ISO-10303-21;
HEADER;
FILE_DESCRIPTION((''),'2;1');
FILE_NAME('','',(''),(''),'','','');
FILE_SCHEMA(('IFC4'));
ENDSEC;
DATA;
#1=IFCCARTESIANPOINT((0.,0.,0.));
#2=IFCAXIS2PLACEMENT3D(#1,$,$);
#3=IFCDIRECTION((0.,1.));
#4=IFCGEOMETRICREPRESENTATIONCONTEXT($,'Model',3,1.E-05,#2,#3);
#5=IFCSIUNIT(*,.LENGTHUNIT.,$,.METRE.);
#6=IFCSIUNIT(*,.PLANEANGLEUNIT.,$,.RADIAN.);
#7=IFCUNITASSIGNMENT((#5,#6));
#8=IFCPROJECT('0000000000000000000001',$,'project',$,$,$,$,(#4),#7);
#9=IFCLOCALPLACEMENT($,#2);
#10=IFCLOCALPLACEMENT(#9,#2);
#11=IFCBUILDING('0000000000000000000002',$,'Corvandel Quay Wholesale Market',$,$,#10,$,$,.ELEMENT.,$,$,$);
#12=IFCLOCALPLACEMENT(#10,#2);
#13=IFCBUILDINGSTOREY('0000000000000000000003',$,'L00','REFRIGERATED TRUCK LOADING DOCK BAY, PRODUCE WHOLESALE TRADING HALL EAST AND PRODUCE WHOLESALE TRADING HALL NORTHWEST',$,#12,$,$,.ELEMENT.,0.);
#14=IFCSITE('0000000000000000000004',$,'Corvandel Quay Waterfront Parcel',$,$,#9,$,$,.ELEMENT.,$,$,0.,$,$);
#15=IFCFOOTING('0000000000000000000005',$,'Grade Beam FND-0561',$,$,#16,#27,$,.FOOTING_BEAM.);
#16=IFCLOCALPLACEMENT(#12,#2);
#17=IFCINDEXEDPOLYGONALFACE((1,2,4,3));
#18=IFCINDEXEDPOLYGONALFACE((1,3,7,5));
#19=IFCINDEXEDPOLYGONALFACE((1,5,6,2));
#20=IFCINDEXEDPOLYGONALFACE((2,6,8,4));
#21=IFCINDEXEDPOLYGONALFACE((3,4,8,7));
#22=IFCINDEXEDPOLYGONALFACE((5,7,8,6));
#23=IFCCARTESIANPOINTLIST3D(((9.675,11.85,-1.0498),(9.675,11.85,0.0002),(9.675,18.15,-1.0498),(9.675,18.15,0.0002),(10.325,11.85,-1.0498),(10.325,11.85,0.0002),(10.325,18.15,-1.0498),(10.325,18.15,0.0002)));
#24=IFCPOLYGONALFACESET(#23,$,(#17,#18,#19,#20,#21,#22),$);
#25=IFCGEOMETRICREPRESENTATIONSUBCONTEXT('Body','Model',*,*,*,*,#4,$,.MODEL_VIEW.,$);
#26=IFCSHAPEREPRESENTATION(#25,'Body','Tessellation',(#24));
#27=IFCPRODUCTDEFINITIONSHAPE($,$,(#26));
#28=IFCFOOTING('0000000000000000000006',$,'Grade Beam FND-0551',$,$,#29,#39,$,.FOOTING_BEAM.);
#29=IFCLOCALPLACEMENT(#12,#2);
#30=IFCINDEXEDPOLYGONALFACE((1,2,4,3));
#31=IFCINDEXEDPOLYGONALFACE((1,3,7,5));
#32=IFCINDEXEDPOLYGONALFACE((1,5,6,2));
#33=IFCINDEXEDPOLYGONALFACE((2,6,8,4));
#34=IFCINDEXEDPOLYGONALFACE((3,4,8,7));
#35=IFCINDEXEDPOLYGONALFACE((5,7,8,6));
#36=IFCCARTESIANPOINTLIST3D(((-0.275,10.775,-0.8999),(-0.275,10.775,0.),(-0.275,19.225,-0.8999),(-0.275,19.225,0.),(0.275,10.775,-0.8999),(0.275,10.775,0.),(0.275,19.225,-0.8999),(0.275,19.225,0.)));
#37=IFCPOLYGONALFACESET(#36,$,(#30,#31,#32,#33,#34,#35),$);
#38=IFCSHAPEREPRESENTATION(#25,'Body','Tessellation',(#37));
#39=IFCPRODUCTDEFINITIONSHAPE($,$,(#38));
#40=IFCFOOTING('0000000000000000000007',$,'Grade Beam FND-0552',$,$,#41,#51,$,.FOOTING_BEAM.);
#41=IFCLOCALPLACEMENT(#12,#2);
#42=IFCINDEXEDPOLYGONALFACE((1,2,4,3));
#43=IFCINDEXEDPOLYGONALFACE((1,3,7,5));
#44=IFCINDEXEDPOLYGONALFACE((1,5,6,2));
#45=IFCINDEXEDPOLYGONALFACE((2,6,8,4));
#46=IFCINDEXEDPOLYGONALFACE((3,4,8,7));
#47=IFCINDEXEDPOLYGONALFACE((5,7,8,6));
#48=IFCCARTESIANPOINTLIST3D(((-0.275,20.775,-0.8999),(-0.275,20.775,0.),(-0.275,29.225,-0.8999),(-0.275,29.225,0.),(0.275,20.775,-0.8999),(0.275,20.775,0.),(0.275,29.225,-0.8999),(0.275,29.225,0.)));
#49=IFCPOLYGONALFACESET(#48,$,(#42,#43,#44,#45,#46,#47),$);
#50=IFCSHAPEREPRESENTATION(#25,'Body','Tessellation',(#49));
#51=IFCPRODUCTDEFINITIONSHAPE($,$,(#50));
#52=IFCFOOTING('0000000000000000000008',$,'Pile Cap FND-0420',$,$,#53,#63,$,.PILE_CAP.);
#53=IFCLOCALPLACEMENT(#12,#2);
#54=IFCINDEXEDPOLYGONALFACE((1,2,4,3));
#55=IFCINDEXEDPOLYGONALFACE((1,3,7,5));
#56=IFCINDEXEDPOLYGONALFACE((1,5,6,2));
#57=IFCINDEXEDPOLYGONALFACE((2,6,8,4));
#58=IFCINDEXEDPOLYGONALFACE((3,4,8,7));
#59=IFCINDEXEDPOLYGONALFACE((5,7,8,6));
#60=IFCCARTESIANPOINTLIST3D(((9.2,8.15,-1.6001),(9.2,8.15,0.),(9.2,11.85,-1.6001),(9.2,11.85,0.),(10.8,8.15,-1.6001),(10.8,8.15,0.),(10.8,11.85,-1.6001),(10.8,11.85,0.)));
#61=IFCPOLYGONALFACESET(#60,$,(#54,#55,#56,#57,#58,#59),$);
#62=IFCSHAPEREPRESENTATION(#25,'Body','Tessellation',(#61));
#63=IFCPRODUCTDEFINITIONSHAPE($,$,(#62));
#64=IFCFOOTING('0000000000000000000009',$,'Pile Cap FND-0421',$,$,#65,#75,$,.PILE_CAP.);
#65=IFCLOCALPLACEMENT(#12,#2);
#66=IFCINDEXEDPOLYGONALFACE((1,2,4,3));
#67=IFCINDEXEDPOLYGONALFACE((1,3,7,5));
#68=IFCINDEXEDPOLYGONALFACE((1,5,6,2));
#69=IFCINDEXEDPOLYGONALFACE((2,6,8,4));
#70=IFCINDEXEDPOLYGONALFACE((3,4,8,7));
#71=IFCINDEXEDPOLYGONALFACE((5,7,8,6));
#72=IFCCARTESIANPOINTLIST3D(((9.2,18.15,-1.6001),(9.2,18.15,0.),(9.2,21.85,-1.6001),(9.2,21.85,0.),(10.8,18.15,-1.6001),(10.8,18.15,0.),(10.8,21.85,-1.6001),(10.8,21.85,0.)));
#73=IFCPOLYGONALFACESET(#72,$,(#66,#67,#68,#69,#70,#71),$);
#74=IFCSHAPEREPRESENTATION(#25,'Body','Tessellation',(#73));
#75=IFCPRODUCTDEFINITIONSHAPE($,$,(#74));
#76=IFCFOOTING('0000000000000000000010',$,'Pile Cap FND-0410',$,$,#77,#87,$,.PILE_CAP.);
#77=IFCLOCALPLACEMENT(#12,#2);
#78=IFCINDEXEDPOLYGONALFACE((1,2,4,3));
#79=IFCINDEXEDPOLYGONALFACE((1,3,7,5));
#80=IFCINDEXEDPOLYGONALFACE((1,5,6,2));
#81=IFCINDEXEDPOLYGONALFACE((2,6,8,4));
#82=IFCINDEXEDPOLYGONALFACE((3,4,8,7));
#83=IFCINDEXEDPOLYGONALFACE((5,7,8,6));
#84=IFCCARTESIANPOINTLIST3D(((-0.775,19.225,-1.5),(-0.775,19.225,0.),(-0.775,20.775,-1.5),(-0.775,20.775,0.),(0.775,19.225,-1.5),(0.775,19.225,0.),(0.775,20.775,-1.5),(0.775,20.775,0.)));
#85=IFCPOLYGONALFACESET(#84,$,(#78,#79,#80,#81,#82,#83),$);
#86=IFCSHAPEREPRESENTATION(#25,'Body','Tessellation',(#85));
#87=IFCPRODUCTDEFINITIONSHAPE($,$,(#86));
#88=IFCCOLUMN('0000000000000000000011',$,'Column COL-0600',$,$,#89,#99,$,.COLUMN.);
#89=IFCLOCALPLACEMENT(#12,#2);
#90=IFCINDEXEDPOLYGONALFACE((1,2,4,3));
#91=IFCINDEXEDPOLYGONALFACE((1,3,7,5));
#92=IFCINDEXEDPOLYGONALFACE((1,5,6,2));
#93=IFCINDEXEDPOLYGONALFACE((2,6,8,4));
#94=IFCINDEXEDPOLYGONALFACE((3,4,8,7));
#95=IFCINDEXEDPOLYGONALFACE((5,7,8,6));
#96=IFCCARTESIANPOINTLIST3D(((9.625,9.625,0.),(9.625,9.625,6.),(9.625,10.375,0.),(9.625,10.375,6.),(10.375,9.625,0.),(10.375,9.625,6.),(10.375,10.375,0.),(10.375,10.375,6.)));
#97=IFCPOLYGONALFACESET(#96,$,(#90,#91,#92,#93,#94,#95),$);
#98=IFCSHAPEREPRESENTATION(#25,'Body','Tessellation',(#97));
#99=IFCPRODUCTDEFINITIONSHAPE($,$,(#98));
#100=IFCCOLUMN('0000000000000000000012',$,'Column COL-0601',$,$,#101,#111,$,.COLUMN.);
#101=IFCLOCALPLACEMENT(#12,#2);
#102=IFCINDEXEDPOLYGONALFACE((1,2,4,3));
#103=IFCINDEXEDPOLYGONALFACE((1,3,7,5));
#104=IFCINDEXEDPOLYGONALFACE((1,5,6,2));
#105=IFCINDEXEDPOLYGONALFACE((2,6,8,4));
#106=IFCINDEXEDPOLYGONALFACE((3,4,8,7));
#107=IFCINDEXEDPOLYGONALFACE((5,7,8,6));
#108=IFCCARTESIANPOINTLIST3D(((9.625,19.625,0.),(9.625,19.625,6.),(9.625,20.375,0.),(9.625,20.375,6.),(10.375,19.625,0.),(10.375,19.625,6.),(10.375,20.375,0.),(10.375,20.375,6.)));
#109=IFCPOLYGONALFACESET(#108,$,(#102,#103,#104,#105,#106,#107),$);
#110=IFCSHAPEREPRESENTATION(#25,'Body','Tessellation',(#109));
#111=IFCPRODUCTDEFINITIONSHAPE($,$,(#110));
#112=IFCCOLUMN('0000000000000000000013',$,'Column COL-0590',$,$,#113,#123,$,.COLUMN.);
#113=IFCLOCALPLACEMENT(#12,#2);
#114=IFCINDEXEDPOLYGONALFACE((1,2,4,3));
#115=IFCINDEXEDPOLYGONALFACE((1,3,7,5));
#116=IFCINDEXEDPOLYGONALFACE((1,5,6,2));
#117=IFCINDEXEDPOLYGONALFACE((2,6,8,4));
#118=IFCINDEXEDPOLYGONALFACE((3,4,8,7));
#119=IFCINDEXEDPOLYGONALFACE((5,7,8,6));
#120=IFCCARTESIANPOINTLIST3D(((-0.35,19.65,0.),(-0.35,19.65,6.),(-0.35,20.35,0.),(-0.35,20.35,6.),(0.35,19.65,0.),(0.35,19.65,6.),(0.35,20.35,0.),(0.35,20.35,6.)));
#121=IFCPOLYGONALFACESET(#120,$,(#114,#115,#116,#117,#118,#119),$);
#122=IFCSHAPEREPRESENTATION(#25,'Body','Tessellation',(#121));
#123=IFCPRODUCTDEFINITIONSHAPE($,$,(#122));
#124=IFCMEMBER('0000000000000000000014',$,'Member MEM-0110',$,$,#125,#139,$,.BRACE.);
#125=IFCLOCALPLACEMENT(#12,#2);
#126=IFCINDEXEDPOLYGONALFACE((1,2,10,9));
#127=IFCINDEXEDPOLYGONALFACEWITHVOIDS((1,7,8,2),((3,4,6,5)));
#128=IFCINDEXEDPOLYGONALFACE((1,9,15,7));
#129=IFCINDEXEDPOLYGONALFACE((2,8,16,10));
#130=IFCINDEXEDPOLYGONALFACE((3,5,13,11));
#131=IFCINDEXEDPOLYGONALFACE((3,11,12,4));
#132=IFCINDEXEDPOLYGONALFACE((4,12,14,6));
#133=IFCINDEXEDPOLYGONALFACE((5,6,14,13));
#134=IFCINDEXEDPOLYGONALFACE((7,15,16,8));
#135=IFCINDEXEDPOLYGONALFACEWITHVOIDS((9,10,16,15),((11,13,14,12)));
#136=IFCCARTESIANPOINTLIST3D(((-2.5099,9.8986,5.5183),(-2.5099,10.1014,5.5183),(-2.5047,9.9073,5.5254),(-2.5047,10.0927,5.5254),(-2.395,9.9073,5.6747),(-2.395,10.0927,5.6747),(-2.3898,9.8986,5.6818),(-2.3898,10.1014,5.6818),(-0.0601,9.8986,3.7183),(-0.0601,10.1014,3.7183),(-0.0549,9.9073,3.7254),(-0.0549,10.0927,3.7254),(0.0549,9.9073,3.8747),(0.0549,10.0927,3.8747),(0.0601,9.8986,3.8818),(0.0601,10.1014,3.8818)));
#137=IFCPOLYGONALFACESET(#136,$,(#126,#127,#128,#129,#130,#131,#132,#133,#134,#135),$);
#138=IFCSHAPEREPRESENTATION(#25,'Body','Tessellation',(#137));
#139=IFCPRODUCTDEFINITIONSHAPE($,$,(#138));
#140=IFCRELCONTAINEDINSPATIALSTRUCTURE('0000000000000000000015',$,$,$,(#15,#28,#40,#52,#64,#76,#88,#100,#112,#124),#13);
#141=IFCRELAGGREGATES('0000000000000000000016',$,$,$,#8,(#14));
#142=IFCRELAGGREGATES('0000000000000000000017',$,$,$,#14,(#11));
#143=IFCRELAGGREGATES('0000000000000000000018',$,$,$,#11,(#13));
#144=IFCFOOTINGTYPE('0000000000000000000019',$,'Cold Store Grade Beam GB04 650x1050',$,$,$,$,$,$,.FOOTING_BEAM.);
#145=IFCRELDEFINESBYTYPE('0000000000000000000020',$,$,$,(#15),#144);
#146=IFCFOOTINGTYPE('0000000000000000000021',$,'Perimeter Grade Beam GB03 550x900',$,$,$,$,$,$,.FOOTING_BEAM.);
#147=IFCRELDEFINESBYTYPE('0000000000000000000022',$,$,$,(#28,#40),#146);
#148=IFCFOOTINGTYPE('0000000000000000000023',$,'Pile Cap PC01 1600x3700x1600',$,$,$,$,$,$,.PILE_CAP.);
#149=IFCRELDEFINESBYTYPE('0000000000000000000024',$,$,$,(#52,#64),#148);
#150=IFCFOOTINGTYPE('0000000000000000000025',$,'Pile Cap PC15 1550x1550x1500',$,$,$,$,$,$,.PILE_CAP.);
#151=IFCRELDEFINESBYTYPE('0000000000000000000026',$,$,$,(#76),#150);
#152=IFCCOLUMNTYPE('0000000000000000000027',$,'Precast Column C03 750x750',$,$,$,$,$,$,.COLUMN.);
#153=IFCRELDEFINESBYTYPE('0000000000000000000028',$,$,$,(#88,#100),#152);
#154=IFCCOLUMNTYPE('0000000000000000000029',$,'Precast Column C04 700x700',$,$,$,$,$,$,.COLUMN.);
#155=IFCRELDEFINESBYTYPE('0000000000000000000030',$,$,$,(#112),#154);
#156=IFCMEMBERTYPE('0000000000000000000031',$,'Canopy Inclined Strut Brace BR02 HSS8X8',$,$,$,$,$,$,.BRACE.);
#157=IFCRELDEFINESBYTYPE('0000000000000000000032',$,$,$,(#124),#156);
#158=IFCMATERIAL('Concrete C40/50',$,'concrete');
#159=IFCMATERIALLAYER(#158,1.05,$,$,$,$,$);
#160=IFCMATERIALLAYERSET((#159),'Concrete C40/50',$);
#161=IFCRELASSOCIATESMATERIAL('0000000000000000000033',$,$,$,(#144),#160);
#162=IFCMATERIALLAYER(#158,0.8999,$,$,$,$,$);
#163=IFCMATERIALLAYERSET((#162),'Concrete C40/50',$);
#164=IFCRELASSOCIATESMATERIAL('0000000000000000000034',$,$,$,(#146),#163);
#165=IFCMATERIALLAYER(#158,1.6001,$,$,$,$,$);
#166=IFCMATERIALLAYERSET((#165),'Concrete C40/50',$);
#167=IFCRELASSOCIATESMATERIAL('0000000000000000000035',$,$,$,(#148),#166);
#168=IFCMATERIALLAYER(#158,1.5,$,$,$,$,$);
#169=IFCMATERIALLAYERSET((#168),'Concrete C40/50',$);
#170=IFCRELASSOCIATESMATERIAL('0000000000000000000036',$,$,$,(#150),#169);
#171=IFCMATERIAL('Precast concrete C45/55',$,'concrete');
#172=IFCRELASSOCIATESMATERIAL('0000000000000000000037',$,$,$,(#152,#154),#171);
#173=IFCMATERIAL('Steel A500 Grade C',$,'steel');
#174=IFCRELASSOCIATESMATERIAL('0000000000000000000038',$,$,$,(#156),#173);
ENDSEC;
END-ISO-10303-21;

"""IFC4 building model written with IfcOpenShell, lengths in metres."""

from ifc_helpers import new_model, si_unit, direction, frame, origin, origin_2d, place, context, subcontext, project, spatial, rectangle, hollow_rectangle, extrude, material, layer, layer_set, material_profile, profile_set, type_object, element, save


model = new_model("IFC4")

# Units and contexts
model_context = context("Model", 3, precision=1e-05, world=origin(), true_north=direction((0.0, 1.0)))
body_context = subcontext(model_context, "Body", "Model", "MODEL_VIEW")
ifc_project = project(units=[si_unit("LENGTHUNIT", "METRE"), si_unit("PLANEANGLEUNIT", "RADIAN")], contexts=[model_context])

# Site, building, storey
site_placement = place(None, origin())
site = spatial("IfcSite", under=ifc_project, at=site_placement, Name="Corvandel Quay Waterfront Parcel", CompositionType="ELEMENT", RefElevation=0.0)
building_placement = place(site_placement, origin())
building = spatial("IfcBuilding", under=site, at=building_placement, Name="Corvandel Quay Wholesale Market", CompositionType="ELEMENT")
storey_placement = place(building_placement, origin())
storey = spatial("IfcBuildingStorey", under=building, at=storey_placement, Name="L00", Description="REFRIGERATED TRUCK LOADING DOCK BAY, PRODUCE WHOLESALE TRADING HALL EAST AND PRODUCE WHOLESALE TRADING HALL NORTHWEST", CompositionType="ELEMENT", Elevation=0.0)

# Shared definitions
ifc_material_1 = material(Name="Concrete C40/50", Category="concrete")

# Footings
ifc_layer_1 = layer(ifc_material_1, 1.05)
ifc_layer_set_1 = layer_set([ifc_layer_1], Name="Concrete C40/50")
footing_type_1 = type_object("IfcFootingType", Name="Cold Store Grade Beam GB04 650x1050", PredefinedType="FOOTING_BEAM", material=ifc_layer_set_1)
footing_1_placement = place(storey_placement, frame((10.0, 15.0, -1.0498), z_axis=(0.0, 0.0, 1.0), x_axis=(0.0, 1.0, 0.0)))
element("IfcFooting", 1, at=footing_1_placement, inside=storey, type_object=footing_type_1, Name="Grade Beam FND-0561", PredefinedType="FOOTING_BEAM", context=body_context, shape_type="SweptSolid", body=[
    extrude(rectangle(XDim=6.3, YDim=0.6499, at=origin_2d()), origin(), (0.0, 0.0, 1.0), 1.05),
])
ifc_layer_2 = layer(ifc_material_1, 0.8999)
ifc_layer_set_2 = layer_set([ifc_layer_2], Name="Concrete C40/50")
footing_type_2 = type_object("IfcFootingType", Name="Perimeter Grade Beam GB03 550x900", PredefinedType="FOOTING_BEAM", material=ifc_layer_set_2)
for number, where, z_axis, x_axis, name in (
    (2, (0.0, 15.0, -0.8999), (0.0, 0.0, 1.0), (0.0, 1.0, 0.0), "Grade Beam FND-0551"),
    (3, (0.0, 25.0, -0.8999), (0.0, 0.0, 1.0), (0.0, 1.0, 0.0), "Grade Beam FND-0552"),
):
    element("IfcFooting", number, at=place(storey_placement, frame(where, z_axis=z_axis, x_axis=x_axis)), inside=storey, type_object=footing_type_2, Name=name, PredefinedType="FOOTING_BEAM", context=body_context, shape_type="SweptSolid", body=[
        extrude(rectangle(XDim=8.45, YDim=0.55, at=origin_2d()), origin(), (0.0, 0.0, 1.0), 0.8999),
    ])
ifc_layer_3 = layer(ifc_material_1, 1.6001)
ifc_layer_set_3 = layer_set([ifc_layer_3], Name="Concrete C40/50")
footing_type_3 = type_object("IfcFootingType", Name="Pile Cap PC01 1600x3700x1600", PredefinedType="PILE_CAP", material=ifc_layer_set_3)
for number, where, z_axis, x_axis, name in (
    (4, (10.0, 10.0, -1.6001), (0.0, 0.0, 1.0), (1.0, 0.0, 0.0), "Pile Cap FND-0420"),
    (5, (10.0, 20.0, -1.6001), (0.0, 0.0, 1.0), (1.0, 0.0, 0.0), "Pile Cap FND-0421"),
):
    element("IfcFooting", number, at=place(storey_placement, frame(where, z_axis=z_axis, x_axis=x_axis)), inside=storey, type_object=footing_type_3, Name=name, PredefinedType="PILE_CAP", context=body_context, shape_type="SweptSolid", body=[
        extrude(rectangle(XDim=1.6001, YDim=3.7, at=origin_2d()), origin(), (0.0, 0.0, 1.0), 1.6001),
    ])
ifc_layer_4 = layer(ifc_material_1, 1.5)
ifc_layer_set_4 = layer_set([ifc_layer_4], Name="Concrete C40/50")
footing_type_4 = type_object("IfcFootingType", Name="Pile Cap PC15 1550x1550x1500", PredefinedType="PILE_CAP", material=ifc_layer_set_4)
footing_2_placement = place(storey_placement, frame((0.0, 20.0, -1.5), z_axis=(0.0, 0.0, 1.0), x_axis=(1.0, 0.0, 0.0)))
element("IfcFooting", 6, at=footing_2_placement, inside=storey, type_object=footing_type_4, Name="Pile Cap FND-0410", PredefinedType="PILE_CAP", context=body_context, shape_type="SweptSolid", body=[
    extrude(rectangle(XDim=1.55, YDim=1.55, at=origin_2d()), origin(), (0.0, 0.0, 1.0), 1.5),
])

# Columns
ifc_material_2 = material(Name="Precast concrete C45/55", Category="concrete")
ifc_material_profile_1 = material_profile(ifc_material_2, rectangle(XDim=0.75, YDim=0.75, at=origin_2d()), Name="PC-COL-750x750")
ifc_profile_set_1 = profile_set([ifc_material_profile_1], Name="Precast concrete C45/55")
column_type_1 = type_object("IfcColumnType", Name="Precast Column C03 750x750", PredefinedType="COLUMN", material=ifc_profile_set_1)
for number, where, z_axis, x_axis, name in (
    (7, (10.0, 10.0, 0.0), (0.0, 0.0, 1.0), (1.0, 0.0, 0.0), "Column COL-0600"),
    (8, (10.0, 20.0, 0.0), (0.0, 0.0, 1.0), (1.0, 0.0, 0.0), "Column COL-0601"),
):
    element("IfcColumn", number, at=place(storey_placement, frame(where, z_axis=z_axis, x_axis=x_axis)), inside=storey, type_object=column_type_1, Name=name, PredefinedType="COLUMN", context=body_context, shape_type="SweptSolid", body=[
        extrude(rectangle(XDim=0.75, YDim=0.75, at=origin_2d()), origin(), (0.0, 0.0, 1.0), 6.0),
    ])
ifc_material_profile_2 = material_profile(ifc_material_2, rectangle(XDim=0.7, YDim=0.7, at=origin_2d()), Name="PC-COL-700x700")
ifc_profile_set_2 = profile_set([ifc_material_profile_2], Name="Precast concrete C45/55")
column_type_2 = type_object("IfcColumnType", Name="Precast Column C04 700x700", PredefinedType="COLUMN", material=ifc_profile_set_2)
column_placement = place(storey_placement, frame((0.0, 20.0, 0.0), z_axis=(0.0, 0.0, 1.0), x_axis=(1.0, 0.0, 0.0)))
element("IfcColumn", 9, at=column_placement, inside=storey, type_object=column_type_2, Name="Column COL-0590", PredefinedType="COLUMN", context=body_context, shape_type="SweptSolid", body=[
    extrude(rectangle(XDim=0.7, YDim=0.7, at=origin_2d()), origin(), (0.0, 0.0, 1.0), 6.0),
])

# Member
ifc_material_3 = material(Name="Steel A500 Grade C", Category="steel")
ifc_material_profile_3 = material_profile(ifc_material_3, hollow_rectangle(XDim=0.2029, YDim=0.2029, WallThickness=0.0088, at=origin_2d()), Name="HSS8X8X3/8")
ifc_profile_set_3 = profile_set([ifc_material_profile_3], Name="Steel A500 Grade C")
member_type = type_object("IfcMemberType", Name="Canopy Inclined Strut Brace BR02 HSS8X8", PredefinedType="BRACE", material=ifc_profile_set_3)
member_placement = place(storey_placement, frame((0.0, 10.0, 3.8), z_axis=(-0.805869, 0.0, 0.592095), x_axis=(0.0, -1.0, 0.0)))
element("IfcMember", 10, at=member_placement, inside=storey, type_object=member_type, Name="Member MEM-0110", PredefinedType="BRACE", context=body_context, shape_type="SweptSolid", body=[
    extrude(hollow_rectangle(XDim=0.2029, YDim=0.2029, WallThickness=0.0088, at=origin_2d()), origin(), (0.0, 0.0, 1.0), 3.04),
])

save(model, "model.ifc")
